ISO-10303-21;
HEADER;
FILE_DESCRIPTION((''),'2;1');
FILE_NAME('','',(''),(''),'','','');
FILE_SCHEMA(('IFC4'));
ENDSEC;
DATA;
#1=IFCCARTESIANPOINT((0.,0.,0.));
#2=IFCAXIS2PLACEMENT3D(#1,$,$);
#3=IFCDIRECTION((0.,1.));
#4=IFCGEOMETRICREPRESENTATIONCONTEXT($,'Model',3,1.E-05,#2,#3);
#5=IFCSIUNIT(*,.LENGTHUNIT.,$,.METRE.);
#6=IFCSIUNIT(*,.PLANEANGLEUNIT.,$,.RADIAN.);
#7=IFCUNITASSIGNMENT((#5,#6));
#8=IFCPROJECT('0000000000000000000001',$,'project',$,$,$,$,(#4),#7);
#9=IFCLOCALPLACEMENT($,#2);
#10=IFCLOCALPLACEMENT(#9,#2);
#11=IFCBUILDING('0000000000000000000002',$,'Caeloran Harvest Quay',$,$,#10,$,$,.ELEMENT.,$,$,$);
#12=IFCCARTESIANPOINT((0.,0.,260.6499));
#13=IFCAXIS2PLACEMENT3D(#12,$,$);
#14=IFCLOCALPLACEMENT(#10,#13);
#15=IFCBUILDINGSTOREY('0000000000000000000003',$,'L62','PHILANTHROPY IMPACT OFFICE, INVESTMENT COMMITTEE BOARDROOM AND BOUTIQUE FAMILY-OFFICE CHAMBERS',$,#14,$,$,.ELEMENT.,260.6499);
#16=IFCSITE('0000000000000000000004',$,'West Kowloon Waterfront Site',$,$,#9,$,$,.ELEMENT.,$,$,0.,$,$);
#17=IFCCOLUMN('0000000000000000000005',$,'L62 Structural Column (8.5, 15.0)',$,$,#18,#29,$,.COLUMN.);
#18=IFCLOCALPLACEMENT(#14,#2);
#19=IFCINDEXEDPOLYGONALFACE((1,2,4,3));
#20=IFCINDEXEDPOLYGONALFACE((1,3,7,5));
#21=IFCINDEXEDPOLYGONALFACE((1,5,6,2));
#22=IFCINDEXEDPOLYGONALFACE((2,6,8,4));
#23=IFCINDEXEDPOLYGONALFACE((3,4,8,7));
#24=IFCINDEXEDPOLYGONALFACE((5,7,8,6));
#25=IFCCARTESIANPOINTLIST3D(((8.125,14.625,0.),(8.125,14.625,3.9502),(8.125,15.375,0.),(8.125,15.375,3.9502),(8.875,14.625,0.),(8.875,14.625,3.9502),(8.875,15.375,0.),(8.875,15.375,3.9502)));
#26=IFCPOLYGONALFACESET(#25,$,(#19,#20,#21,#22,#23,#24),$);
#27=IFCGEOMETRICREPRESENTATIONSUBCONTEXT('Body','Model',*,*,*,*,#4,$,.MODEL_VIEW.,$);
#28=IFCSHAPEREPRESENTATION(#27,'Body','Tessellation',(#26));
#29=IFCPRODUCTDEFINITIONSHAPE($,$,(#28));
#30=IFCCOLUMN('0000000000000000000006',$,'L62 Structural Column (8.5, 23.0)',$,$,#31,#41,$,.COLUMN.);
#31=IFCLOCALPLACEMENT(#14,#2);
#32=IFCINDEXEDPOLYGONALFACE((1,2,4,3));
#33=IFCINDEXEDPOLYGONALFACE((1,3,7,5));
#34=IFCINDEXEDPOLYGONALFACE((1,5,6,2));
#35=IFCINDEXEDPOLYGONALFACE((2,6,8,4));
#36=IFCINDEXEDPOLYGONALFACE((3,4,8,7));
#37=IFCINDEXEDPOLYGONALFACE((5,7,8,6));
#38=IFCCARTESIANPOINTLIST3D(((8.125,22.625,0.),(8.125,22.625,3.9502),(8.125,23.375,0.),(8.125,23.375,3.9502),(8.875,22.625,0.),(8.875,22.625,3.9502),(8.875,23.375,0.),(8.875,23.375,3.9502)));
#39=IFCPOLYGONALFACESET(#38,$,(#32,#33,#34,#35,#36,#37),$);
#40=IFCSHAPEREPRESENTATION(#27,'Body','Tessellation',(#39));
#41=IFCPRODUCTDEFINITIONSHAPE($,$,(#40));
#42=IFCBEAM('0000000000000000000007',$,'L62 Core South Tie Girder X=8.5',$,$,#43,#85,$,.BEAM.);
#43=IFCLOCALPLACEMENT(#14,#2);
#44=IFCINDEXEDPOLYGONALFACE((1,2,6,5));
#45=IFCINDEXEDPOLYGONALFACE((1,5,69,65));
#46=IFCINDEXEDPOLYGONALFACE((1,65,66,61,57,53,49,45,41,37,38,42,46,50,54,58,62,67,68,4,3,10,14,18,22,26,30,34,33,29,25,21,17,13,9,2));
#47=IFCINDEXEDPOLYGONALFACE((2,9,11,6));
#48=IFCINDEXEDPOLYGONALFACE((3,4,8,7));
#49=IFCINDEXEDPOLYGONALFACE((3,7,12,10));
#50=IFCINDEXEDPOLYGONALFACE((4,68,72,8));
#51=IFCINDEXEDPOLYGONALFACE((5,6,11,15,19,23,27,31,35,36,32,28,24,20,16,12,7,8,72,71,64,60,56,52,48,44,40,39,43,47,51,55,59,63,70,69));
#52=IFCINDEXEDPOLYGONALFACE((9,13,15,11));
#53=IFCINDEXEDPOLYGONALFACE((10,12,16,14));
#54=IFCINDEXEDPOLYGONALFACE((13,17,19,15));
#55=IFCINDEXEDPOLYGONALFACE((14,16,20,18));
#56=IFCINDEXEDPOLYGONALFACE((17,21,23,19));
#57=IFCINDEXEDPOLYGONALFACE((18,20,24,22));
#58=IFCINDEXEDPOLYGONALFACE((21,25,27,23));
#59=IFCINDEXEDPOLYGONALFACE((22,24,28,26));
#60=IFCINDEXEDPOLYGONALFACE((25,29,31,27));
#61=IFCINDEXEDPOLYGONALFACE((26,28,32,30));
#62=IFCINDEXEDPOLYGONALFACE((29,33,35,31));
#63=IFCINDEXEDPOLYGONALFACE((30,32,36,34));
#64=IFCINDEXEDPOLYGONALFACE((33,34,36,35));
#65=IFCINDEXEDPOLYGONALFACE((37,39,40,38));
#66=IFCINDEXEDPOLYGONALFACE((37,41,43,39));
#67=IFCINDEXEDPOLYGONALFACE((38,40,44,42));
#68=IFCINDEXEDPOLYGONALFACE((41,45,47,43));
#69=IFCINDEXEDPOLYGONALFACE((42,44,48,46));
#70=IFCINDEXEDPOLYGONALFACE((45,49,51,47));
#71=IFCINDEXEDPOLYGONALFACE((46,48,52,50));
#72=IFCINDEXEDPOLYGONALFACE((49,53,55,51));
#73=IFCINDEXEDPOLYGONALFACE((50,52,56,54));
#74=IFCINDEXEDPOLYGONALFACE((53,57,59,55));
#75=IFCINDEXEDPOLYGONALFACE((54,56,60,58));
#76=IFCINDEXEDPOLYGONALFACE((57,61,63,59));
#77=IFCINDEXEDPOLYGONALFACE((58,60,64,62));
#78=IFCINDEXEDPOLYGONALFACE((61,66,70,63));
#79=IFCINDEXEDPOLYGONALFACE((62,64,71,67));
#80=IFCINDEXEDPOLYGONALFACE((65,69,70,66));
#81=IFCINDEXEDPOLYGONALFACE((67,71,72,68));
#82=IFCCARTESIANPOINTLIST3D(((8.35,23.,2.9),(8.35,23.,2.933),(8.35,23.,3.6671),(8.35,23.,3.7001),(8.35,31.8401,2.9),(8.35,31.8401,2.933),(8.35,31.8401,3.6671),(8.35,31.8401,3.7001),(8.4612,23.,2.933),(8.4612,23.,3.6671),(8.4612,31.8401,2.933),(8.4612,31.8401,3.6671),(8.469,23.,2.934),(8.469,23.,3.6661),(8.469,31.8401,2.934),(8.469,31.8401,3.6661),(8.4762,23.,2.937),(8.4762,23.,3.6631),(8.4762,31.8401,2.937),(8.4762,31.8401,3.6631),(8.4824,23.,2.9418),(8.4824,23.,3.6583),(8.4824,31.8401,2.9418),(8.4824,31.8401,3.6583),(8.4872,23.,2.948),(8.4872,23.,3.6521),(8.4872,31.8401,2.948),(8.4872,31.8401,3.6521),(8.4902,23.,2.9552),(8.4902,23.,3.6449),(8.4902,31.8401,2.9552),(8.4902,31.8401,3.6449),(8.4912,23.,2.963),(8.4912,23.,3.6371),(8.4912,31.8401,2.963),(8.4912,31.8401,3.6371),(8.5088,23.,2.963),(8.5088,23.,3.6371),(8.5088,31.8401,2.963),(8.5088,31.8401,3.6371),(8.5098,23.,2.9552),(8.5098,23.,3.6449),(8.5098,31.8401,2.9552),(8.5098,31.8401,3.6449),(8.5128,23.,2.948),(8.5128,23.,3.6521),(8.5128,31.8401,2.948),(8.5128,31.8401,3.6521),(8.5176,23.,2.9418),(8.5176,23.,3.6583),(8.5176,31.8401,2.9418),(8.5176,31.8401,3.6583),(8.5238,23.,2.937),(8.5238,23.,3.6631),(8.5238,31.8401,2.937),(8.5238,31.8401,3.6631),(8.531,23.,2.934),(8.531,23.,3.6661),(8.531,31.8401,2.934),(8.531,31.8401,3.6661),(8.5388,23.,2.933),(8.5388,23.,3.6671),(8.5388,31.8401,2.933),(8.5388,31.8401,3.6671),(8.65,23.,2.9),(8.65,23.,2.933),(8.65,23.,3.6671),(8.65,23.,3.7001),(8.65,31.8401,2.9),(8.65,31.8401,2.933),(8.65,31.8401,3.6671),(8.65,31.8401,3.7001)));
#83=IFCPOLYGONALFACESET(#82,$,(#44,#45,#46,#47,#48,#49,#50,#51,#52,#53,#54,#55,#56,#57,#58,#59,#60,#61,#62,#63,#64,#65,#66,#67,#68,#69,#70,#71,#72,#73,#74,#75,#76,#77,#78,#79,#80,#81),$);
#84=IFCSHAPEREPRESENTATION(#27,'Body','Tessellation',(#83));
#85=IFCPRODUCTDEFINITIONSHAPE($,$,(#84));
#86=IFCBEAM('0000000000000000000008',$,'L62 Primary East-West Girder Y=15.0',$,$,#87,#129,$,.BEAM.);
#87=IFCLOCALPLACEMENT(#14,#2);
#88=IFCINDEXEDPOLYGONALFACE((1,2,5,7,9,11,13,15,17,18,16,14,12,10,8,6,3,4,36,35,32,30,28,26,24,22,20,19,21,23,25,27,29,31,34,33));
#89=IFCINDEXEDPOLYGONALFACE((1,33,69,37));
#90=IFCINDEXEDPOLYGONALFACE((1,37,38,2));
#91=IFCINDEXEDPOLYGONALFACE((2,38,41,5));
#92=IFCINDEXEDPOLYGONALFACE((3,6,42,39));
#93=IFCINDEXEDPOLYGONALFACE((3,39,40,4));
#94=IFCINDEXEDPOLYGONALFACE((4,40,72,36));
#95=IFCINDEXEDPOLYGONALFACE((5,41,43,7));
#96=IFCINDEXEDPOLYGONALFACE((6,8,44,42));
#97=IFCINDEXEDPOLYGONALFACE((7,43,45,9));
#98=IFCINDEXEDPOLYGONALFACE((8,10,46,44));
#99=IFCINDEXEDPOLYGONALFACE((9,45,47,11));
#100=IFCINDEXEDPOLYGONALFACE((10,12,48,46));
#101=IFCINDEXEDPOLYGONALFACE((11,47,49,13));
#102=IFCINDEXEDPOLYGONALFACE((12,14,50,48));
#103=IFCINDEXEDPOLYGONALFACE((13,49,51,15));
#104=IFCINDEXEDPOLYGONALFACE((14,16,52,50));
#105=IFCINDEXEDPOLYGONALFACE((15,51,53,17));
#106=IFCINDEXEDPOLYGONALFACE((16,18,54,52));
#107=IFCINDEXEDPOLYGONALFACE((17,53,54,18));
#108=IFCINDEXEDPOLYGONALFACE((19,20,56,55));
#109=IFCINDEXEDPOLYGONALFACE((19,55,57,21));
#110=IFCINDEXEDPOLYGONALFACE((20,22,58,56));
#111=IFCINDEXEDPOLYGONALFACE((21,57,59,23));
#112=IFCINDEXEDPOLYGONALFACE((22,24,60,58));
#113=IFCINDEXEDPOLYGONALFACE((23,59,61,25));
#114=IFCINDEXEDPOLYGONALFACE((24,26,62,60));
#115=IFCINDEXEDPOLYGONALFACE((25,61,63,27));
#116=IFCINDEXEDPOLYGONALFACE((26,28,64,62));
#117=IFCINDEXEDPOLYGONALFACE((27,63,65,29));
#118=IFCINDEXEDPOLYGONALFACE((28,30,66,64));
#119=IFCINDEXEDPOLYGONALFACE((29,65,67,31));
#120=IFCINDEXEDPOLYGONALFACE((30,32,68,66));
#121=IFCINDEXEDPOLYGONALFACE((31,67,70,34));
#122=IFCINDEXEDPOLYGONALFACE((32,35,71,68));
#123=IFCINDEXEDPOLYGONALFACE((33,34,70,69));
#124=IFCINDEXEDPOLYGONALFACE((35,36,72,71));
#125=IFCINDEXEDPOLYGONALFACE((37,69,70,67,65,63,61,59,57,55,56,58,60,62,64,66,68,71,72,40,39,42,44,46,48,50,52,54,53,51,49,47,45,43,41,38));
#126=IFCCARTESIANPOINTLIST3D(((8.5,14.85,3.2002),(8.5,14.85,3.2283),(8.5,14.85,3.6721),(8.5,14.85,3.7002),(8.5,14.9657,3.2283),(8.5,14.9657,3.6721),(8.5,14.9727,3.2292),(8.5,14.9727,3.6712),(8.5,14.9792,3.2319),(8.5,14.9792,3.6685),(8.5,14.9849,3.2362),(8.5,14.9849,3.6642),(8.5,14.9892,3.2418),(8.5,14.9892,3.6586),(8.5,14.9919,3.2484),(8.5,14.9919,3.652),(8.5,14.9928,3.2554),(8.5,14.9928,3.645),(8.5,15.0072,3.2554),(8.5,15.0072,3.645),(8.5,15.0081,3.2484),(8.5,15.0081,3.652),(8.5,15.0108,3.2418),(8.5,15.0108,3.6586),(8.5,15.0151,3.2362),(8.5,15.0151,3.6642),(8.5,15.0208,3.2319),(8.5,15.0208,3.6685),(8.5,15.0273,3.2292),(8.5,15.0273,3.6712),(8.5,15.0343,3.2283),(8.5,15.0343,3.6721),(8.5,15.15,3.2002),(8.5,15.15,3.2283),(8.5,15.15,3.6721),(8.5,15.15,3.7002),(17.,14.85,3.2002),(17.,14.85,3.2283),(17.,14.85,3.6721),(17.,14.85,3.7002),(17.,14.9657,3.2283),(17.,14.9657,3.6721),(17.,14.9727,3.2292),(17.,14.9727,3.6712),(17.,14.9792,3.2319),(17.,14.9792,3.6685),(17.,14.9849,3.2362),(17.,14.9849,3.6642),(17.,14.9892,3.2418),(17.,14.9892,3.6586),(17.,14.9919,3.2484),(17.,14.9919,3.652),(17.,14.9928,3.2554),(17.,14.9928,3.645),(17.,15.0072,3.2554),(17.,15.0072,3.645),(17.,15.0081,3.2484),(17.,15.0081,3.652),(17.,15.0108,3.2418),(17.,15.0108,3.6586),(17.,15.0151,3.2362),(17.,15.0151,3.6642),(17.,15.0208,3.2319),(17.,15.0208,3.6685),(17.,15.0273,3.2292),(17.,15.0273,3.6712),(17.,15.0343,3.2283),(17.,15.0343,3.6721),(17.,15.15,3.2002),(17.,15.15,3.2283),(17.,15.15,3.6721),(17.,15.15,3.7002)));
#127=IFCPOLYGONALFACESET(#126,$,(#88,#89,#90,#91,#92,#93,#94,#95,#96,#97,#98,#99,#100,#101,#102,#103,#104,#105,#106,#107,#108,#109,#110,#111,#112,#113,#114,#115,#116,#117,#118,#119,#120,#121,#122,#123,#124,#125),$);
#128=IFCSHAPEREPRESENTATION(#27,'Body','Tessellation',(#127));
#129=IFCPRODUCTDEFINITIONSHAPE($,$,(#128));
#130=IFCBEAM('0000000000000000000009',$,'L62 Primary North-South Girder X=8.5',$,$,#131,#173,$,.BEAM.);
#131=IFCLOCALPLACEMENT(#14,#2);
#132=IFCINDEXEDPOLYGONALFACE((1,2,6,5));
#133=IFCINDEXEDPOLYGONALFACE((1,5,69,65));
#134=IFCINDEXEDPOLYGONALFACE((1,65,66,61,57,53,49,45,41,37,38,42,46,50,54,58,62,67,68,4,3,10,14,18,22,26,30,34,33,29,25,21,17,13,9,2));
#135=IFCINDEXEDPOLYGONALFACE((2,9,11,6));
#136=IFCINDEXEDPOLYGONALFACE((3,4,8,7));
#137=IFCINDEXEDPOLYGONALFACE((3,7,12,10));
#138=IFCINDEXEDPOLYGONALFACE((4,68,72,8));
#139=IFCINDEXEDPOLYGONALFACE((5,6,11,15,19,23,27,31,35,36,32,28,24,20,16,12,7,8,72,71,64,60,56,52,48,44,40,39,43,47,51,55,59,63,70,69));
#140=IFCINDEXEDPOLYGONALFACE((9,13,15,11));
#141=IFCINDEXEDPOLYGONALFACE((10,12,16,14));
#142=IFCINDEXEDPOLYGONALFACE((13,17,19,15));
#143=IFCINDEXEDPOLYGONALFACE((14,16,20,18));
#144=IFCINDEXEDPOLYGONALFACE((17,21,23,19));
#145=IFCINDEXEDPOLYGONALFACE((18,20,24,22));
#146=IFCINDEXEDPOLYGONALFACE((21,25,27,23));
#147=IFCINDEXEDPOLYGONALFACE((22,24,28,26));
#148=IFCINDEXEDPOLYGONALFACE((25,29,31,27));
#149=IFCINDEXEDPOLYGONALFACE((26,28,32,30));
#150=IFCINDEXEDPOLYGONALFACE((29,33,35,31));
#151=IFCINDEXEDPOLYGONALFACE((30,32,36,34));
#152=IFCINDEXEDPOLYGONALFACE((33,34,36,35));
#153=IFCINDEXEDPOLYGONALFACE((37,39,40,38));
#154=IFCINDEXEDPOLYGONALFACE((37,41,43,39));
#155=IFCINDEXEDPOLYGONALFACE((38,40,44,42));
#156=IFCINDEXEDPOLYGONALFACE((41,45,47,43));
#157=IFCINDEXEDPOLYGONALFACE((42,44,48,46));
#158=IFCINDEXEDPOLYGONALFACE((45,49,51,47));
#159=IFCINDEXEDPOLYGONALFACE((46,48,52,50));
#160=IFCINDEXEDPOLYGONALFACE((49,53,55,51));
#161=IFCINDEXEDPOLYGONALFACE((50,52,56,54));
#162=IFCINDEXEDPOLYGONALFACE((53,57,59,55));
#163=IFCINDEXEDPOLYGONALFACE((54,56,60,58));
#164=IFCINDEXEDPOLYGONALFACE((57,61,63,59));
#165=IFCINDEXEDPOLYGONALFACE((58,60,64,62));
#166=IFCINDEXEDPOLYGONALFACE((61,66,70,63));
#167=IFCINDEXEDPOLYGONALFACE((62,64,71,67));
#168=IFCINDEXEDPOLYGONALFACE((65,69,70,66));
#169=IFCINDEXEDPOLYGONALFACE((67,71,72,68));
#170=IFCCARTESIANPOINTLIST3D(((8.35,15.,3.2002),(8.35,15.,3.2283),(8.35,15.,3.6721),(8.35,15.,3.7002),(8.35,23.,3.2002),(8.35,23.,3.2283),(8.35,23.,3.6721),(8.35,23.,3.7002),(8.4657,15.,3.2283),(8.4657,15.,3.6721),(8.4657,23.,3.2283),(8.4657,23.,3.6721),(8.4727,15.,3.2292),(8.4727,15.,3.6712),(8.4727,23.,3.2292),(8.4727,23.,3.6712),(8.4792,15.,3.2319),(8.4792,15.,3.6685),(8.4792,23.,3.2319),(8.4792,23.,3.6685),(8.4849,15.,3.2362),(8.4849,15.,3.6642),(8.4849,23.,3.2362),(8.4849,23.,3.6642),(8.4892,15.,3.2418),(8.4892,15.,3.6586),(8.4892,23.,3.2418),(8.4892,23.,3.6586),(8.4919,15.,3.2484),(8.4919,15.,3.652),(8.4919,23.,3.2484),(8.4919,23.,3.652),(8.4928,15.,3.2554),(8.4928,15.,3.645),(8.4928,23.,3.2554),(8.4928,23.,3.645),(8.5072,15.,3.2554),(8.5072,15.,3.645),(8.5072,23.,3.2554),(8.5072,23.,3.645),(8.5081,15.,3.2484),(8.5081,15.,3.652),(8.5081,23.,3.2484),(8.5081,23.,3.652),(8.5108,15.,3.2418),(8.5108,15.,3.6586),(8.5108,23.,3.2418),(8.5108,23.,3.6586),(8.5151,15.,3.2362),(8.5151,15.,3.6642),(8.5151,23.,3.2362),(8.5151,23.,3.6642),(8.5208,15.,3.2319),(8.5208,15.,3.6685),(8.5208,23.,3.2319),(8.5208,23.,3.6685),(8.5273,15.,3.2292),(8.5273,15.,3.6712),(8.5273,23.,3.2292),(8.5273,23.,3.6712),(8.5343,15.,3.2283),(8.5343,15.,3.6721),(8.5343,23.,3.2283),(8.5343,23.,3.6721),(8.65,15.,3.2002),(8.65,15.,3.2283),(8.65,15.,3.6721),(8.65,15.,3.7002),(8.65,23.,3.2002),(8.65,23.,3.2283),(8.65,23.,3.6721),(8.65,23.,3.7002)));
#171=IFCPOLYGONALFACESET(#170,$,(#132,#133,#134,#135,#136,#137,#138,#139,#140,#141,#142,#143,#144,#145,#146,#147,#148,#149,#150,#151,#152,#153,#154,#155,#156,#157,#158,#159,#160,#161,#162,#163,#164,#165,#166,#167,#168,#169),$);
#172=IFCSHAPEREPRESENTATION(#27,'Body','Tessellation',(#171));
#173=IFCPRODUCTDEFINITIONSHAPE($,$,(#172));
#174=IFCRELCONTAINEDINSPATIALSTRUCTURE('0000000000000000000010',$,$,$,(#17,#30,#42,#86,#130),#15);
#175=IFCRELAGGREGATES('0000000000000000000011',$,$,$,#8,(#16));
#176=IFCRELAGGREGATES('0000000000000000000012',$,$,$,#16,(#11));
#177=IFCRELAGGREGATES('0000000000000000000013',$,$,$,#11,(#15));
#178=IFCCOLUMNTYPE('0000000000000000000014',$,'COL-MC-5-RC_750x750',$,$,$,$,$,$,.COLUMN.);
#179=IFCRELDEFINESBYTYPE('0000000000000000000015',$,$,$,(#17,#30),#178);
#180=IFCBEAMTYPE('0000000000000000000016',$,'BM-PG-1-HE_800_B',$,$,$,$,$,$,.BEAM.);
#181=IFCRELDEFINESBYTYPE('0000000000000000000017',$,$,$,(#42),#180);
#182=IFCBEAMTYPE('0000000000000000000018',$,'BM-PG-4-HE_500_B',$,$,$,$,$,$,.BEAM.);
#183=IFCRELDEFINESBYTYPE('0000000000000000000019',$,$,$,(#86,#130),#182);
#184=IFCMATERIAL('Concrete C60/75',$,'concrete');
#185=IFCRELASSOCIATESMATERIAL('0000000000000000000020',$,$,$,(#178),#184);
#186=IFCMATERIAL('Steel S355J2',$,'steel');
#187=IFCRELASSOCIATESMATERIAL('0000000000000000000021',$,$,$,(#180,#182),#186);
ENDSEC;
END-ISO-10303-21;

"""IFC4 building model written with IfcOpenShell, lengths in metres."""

from ifc_helpers import new_model, si_unit, direction, frame, origin, origin_2d, place, context, subcontext, project, spatial, rectangle, i_section, extrude, material, material_profile, profile_set, type_object, element, save


model = new_model("IFC4")

# Units and contexts
model_context = context("Model", 3, precision=1e-05, world=origin(), true_north=direction((0.0, 1.0)))
body_context = subcontext(model_context, "Body", "Model", "MODEL_VIEW")
ifc_project = project(units=[si_unit("LENGTHUNIT", "METRE"), si_unit("PLANEANGLEUNIT", "RADIAN")], contexts=[model_context])

# Site, building, storey
site_placement = place(None, origin())
site = spatial("IfcSite", under=ifc_project, at=site_placement, Name="West Kowloon Waterfront Site", CompositionType="ELEMENT", RefElevation=0.0)
building_placement = place(site_placement, origin())
building = spatial("IfcBuilding", under=site, at=building_placement, Name="Caeloran Harvest Quay", CompositionType="ELEMENT")
storey_placement = place(building_placement, frame((0.0, 0.0, 260.6499)))
storey = spatial("IfcBuildingStorey", under=building, at=storey_placement, Name="L62", Description="PHILANTHROPY IMPACT OFFICE, INVESTMENT COMMITTEE BOARDROOM AND BOUTIQUE FAMILY-OFFICE CHAMBERS", CompositionType="ELEMENT", Elevation=260.6499)

# Columns
ifc_material_1 = material(Name="Concrete C60/75", Category="concrete")
ifc_material_profile_1 = material_profile(ifc_material_1, rectangle(XDim=0.75, YDim=0.75, at=origin_2d()), Name="RC 750x750")
ifc_profile_set_1 = profile_set([ifc_material_profile_1], Name="Concrete C60/75")
column_type = type_object("IfcColumnType", Name="COL-MC-5-RC_750x750", PredefinedType="COLUMN", material=ifc_profile_set_1)
for number, where, z_axis, x_axis, name in (
    (1, (8.5, 15.0, 0.0), (0.0, 0.0, 1.0), (1.0, 0.0, 0.0), "L62 Structural Column (8.5, 15.0)"),
    (2, (8.5, 23.0, 0.0), (0.0, 0.0, 1.0), (1.0, 0.0, 0.0), "L62 Structural Column (8.5, 23.0)"),
):
    element("IfcColumn", number, at=place(storey_placement, frame(where, z_axis=z_axis, x_axis=x_axis)), inside=storey, type_object=column_type, Name=name, PredefinedType="COLUMN", context=body_context, shape_type="SweptSolid", body=[
        extrude(rectangle(XDim=0.75, YDim=0.75, at=origin_2d()), origin(), (0.0, 0.0, 1.0), 3.9502),
    ])

# Beams
ifc_material_2 = material(Name="Steel S355J2", Category="steel")
ifc_material_profile_2 = material_profile(ifc_material_2, i_section(OverallWidth=0.3, OverallDepth=0.8, WebThickness=0.0176, FlangeThickness=0.033, FilletRadius=0.03, at=origin_2d()), Name="HE 800 B")
ifc_profile_set_2 = profile_set([ifc_material_profile_2], Name="Steel S355J2")
beam_type_1 = type_object("IfcBeamType", Name="BM-PG-1-HE_800_B", PredefinedType="BEAM", material=ifc_profile_set_2)
beam_1_placement = place(storey_placement, frame((8.5, 23.0, 3.3), z_axis=(0.0, 1.0, 0.0), x_axis=(-1.0, 0.0, 0.0)))
element("IfcBeam", 3, at=beam_1_placement, inside=storey, type_object=beam_type_1, Name="L62 Core South Tie Girder X=8.5", PredefinedType="BEAM", context=body_context, shape_type="SweptSolid", body=[
    extrude(i_section(OverallWidth=0.3, OverallDepth=0.8, WebThickness=0.0176, FlangeThickness=0.033, FilletRadius=0.03, at=origin_2d()), origin(), (0.0, 0.0, 1.0), 8.8401),
])
ifc_material_profile_3 = material_profile(ifc_material_2, i_section(OverallWidth=0.3, OverallDepth=0.5, WebThickness=0.0144, FlangeThickness=0.0281, FilletRadius=0.0271, at=origin_2d()), Name="HE 500 B")
ifc_profile_set_3 = profile_set([ifc_material_profile_3], Name="Steel S355J2")
beam_type_2 = type_object("IfcBeamType", Name="BM-PG-4-HE_500_B", PredefinedType="BEAM", material=ifc_profile_set_3)
beam_2_placement = place(storey_placement, frame((8.5, 15.0, 3.4502), z_axis=(1.0, 0.0, 0.0), x_axis=(0.0, 1.0, 0.0)))
element("IfcBeam", 4, at=beam_2_placement, inside=storey, type_object=beam_type_2, Name="L62 Primary East-West Girder Y=15.0", PredefinedType="BEAM", context=body_context, shape_type="SweptSolid", body=[
    extrude(i_section(OverallWidth=0.3, OverallDepth=0.5, WebThickness=0.0144, FlangeThickness=0.0281, FilletRadius=0.0271, at=origin_2d()), origin(), (0.0, 0.0, 1.0), 8.5),
])
beam_3_placement = place(storey_placement, frame((8.5, 15.0, 3.4502), z_axis=(0.0, 1.0, 0.0), x_axis=(-1.0, 0.0, 0.0)))
element("IfcBeam", 5, at=beam_3_placement, inside=storey, type_object=beam_type_2, Name="L62 Primary North-South Girder X=8.5", PredefinedType="BEAM", context=body_context, shape_type="SweptSolid", body=[
    extrude(i_section(OverallWidth=0.3, OverallDepth=0.5, WebThickness=0.0144, FlangeThickness=0.0281, FilletRadius=0.0271, at=origin_2d()), origin(), (0.0, 0.0, 1.0), 8.0),
])

save(model, "model.ifc")
